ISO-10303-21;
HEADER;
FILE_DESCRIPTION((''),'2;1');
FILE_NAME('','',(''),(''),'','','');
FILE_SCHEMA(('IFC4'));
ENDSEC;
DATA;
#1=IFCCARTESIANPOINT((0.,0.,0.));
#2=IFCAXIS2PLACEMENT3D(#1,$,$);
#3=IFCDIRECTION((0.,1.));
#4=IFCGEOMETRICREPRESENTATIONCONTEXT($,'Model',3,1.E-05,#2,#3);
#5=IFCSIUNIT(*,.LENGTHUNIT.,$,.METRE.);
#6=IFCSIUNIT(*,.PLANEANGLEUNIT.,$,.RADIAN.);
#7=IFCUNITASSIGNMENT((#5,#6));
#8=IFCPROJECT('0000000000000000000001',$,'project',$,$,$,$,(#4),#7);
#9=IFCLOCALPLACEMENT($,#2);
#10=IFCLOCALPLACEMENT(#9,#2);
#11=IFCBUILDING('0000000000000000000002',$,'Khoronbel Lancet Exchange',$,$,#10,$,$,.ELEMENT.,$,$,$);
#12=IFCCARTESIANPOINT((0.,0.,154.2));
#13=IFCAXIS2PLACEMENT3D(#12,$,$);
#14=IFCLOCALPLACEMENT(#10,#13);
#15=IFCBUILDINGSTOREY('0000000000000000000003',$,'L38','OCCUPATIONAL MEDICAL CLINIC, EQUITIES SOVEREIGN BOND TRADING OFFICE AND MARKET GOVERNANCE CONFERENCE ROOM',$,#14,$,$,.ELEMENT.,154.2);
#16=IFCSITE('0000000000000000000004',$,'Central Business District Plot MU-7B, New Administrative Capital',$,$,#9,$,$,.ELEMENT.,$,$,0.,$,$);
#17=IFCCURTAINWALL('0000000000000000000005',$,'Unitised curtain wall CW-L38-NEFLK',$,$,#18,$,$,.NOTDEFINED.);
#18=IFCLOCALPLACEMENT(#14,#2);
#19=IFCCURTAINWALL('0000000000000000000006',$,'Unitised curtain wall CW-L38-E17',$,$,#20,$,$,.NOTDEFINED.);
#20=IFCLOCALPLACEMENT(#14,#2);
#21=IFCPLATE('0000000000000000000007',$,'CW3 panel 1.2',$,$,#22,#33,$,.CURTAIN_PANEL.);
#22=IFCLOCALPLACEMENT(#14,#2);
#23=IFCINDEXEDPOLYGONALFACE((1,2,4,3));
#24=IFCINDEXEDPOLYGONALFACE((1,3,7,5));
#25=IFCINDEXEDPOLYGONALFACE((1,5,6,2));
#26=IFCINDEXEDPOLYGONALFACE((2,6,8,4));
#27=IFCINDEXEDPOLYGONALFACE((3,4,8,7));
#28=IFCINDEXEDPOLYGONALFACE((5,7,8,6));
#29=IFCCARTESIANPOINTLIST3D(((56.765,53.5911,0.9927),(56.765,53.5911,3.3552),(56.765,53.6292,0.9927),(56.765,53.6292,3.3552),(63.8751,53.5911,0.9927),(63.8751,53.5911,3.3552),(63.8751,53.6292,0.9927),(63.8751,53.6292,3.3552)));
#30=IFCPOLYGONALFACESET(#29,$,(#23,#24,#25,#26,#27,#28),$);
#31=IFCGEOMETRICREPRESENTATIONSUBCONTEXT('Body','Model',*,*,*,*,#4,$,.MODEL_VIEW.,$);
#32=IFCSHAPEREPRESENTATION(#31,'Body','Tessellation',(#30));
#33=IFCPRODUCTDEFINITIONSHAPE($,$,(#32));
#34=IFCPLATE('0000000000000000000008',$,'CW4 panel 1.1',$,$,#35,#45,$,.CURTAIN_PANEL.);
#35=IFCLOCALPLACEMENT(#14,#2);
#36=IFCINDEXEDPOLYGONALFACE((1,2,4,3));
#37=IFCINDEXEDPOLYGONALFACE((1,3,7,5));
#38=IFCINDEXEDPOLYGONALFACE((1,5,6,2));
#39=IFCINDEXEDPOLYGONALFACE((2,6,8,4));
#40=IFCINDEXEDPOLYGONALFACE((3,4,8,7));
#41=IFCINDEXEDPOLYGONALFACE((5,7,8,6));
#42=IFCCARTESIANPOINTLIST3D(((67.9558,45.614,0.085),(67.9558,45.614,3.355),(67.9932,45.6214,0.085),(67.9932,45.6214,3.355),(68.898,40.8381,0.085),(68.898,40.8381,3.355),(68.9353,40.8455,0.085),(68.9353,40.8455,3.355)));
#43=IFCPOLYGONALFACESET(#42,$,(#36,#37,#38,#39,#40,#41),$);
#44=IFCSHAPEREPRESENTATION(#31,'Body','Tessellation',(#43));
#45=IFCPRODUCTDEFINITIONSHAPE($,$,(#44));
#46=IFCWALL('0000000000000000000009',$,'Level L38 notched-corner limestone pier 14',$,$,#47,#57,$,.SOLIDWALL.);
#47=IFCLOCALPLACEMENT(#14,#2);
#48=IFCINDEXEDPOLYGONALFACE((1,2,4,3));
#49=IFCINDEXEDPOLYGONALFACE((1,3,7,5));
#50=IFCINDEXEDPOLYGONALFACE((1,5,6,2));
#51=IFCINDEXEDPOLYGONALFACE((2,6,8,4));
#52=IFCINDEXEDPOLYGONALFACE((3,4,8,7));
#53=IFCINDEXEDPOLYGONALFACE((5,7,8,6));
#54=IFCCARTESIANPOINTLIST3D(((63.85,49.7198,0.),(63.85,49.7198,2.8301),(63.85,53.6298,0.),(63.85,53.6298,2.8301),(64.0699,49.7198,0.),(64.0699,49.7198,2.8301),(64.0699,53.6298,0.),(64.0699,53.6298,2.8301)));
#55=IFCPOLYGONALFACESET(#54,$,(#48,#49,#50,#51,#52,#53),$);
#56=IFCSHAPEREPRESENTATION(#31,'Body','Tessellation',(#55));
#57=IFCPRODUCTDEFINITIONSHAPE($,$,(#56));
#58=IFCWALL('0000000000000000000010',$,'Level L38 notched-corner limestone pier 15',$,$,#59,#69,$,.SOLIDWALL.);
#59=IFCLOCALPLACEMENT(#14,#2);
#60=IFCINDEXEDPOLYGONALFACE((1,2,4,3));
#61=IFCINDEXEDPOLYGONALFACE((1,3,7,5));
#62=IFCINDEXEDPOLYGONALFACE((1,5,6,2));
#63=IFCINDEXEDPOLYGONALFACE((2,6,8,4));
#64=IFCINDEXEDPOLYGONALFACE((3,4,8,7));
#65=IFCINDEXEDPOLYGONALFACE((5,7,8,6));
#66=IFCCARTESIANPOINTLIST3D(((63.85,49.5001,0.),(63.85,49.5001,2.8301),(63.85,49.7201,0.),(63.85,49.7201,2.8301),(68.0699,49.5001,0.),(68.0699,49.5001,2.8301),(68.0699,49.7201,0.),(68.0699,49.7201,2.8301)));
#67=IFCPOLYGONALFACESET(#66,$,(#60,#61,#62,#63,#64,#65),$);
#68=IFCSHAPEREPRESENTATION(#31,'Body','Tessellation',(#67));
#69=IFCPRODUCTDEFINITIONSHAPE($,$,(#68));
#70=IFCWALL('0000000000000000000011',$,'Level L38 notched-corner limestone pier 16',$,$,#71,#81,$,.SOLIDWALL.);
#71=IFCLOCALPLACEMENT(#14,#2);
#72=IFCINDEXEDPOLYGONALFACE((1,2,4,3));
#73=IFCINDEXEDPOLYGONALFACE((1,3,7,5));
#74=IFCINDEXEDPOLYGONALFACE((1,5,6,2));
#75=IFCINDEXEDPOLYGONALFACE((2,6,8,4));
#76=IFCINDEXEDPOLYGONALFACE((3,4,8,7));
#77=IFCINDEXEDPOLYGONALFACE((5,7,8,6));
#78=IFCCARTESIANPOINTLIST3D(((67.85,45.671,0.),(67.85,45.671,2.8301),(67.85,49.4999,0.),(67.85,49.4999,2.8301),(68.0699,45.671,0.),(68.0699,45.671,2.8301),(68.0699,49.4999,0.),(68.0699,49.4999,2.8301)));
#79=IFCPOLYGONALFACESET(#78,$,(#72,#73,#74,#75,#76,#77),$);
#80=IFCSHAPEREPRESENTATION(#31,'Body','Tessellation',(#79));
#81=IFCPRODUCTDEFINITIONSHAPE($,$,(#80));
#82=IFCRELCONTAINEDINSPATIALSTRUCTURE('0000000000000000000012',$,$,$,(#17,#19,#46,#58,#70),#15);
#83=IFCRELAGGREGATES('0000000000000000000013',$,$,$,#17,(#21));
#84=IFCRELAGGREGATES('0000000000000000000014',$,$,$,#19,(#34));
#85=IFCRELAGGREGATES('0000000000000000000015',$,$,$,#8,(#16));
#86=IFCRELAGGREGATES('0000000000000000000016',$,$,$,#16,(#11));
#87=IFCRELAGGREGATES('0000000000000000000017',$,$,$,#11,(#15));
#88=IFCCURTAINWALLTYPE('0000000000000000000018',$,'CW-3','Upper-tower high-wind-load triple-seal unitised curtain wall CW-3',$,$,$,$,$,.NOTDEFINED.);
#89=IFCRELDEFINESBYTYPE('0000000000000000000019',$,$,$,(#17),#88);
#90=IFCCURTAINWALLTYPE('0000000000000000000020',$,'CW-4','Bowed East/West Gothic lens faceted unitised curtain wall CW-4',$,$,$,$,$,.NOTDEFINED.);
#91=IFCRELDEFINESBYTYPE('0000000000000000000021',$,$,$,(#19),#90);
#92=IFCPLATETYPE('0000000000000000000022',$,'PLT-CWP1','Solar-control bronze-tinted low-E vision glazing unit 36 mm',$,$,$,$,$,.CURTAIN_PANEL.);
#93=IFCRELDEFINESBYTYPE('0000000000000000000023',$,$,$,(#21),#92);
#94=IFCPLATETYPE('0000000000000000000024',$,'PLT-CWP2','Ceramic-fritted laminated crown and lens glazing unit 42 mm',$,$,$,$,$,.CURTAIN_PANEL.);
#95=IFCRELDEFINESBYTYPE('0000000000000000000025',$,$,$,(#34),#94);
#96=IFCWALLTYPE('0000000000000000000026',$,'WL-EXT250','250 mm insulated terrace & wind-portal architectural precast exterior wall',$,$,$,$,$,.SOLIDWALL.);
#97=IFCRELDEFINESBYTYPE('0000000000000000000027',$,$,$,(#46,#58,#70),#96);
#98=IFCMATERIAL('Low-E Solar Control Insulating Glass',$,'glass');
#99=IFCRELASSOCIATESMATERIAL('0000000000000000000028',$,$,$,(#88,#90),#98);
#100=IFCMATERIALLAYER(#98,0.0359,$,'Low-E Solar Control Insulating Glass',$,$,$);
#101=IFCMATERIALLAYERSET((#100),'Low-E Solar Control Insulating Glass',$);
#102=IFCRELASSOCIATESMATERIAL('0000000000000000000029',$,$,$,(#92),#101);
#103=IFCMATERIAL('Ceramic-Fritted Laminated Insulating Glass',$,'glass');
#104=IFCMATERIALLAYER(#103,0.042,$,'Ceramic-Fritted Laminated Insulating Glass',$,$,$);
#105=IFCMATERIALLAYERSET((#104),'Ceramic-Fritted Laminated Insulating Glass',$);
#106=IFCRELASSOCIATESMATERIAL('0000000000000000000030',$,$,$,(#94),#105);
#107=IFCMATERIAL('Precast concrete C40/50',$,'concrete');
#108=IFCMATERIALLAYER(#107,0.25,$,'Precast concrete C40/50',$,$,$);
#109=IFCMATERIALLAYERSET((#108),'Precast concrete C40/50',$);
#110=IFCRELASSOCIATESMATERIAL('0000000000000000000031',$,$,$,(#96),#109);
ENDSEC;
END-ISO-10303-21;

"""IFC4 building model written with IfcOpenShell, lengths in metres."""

from ifc_helpers import new_model, si_unit, direction, frame, frame_2d, origin, origin_2d, place, context, subcontext, project, spatial, rectangle, extrude, material, layer, layer_set, type_object, element, aggregate, save


model = new_model("IFC4")

# Units and contexts
model_context = context("Model", 3, precision=1e-05, world=origin(), true_north=direction((0.0, 1.0)))
body_context = subcontext(model_context, "Body", "Model", "MODEL_VIEW")
ifc_project = project(units=[si_unit("LENGTHUNIT", "METRE"), si_unit("PLANEANGLEUNIT", "RADIAN")], contexts=[model_context])

# Site, building, storey
site_placement = place(None, origin())
site = spatial("IfcSite", under=ifc_project, at=site_placement, Name="Central Business District Plot MU-7B, New Administrative Capital", CompositionType="ELEMENT", RefElevation=0.0)
building_placement = place(site_placement, origin())
building = spatial("IfcBuilding", under=site, at=building_placement, Name="Khoronbel Lancet Exchange", CompositionType="ELEMENT")
storey_placement = place(building_placement, frame((0.0, 0.0, 154.2)))
storey = spatial("IfcBuildingStorey", under=building, at=storey_placement, Name="L38", Description="OCCUPATIONAL MEDICAL CLINIC, EQUITIES SOVEREIGN BOND TRADING OFFICE AND MARKET GOVERNANCE CONFERENCE ROOM", CompositionType="ELEMENT", Elevation=154.2)

# Curtain wall
ifc_material_1 = material(Name="Low-E Solar Control Insulating Glass", Category="glass")
curtain_wall_type_1 = type_object("IfcCurtainWallType", Name="CW-3", Description="Upper-tower high-wind-load triple-seal unitised curtain wall CW-3", PredefinedType="NOTDEFINED", material=ifc_material_1)
curtain_wall_1_placement = place(storey_placement, origin())
curtain_wall_1 = element("IfcCurtainWall", 1, at=curtain_wall_1_placement, inside=storey, type_object=curtain_wall_type_1, Name="Unitised curtain wall CW-L38-NEFLK", PredefinedType="NOTDEFINED")

# Curtain wall
curtain_wall_type_2 = type_object("IfcCurtainWallType", Name="CW-4", Description="Bowed East/West Gothic lens faceted unitised curtain wall CW-4", PredefinedType="NOTDEFINED", material=ifc_material_1)
curtain_wall_2_placement = place(storey_placement, origin())
curtain_wall_2 = element("IfcCurtainWall", 2, at=curtain_wall_2_placement, inside=storey, type_object=curtain_wall_type_2, Name="Unitised curtain wall CW-L38-E17", PredefinedType="NOTDEFINED")

# Plates
ifc_layer_1 = layer(ifc_material_1, 0.0359, Name="Low-E Solar Control Insulating Glass")
ifc_layer_set_1 = layer_set([ifc_layer_1], Name="Low-E Solar Control Insulating Glass")
plate_type_1 = type_object("IfcPlateType", Name="PLT-CWP1", Description="Solar-control bronze-tinted low-E vision glazing unit 36 mm", PredefinedType="CURTAIN_PANEL", material=ifc_layer_set_1)
plate_1_placement = place(storey_placement, frame((60.3201, 53.6101, 0.9927), z_axis=(0.0, 0.0, 1.0), x_axis=(-1.0, 0.0, 0.0)))
plate_1 = element("IfcPlate", 3, at=plate_1_placement, type_object=plate_type_1, Name="CW3 panel 1.2", PredefinedType="CURTAIN_PANEL", context=body_context, shape_type="SweptSolid", body=[
    extrude(rectangle(XDim=7.1101, YDim=0.0381, at=origin_2d()), origin(), (0.0, 0.0, 1.0), 2.3625),
])
aggregate(curtain_wall_1, [plate_1])
ifc_material_2 = material(Name="Ceramic-Fritted Laminated Insulating Glass", Category="glass")
ifc_layer_2 = layer(ifc_material_2, 0.042, Name="Ceramic-Fritted Laminated Insulating Glass")
ifc_layer_set_2 = layer_set([ifc_layer_2], Name="Ceramic-Fritted Laminated Insulating Glass")
plate_type_2 = type_object("IfcPlateType", Name="PLT-CWP2", Description="Ceramic-fritted laminated crown and lens glazing unit 42 mm", PredefinedType="CURTAIN_PANEL", material=ifc_layer_set_2)
plate_2_placement = place(storey_placement, frame((68.4456, 43.2297, 0.085), z_axis=(0.0, 0.0, 1.0), x_axis=(0.193544, -0.981092, 0.0)))
plate_2 = element("IfcPlate", 4, at=plate_2_placement, type_object=plate_type_2, Name="CW4 panel 1.1", PredefinedType="CURTAIN_PANEL", context=body_context, shape_type="SweptSolid", body=[
    extrude(rectangle(XDim=4.8679, YDim=0.0381, at=origin_2d()), origin(), (0.0, 0.0, 1.0), 3.27),
])
aggregate(curtain_wall_2, [plate_2])

# Walls
ifc_material_3 = material(Name="Precast concrete C40/50", Category="concrete")
ifc_layer_3 = layer(ifc_material_3, 0.25, Name="Precast concrete C40/50")
ifc_layer_set_3 = layer_set([ifc_layer_3], Name="Precast concrete C40/50")
wall_type = type_object("IfcWallType", Name="WL-EXT250", Description="250 mm insulated terrace & wind-portal architectural precast exterior wall", PredefinedType="SOLIDWALL", material=ifc_layer_set_3)
wall_1_placement = place(storey_placement, frame((63.96, 53.6299, 0.0), z_axis=(0.0, 0.0, 1.0), x_axis=(0.0, -1.0, 0.0)))
element("IfcWall", 5, at=wall_1_placement, inside=storey, type_object=wall_type, Name="Level L38 notched-corner limestone pier 14", PredefinedType="SOLIDWALL", context=body_context, shape_type="SweptSolid", body=[
    extrude(rectangle(XDim=3.9099, YDim=0.22, at=frame_2d((1.9551, 0.0))), origin(), (0.0, 0.0, 1.0), 2.8301),
])
wall_2_placement = place(storey_placement, frame((63.8501, 49.6101, 0.0), z_axis=(0.0, 0.0, 1.0), x_axis=(1.0, 0.0, 0.0)))
element("IfcWall", 6, at=wall_2_placement, inside=storey, type_object=wall_type, Name="Level L38 notched-corner limestone pier 15", PredefinedType="SOLIDWALL", context=body_context, shape_type="SweptSolid", body=[
    extrude(rectangle(XDim=4.22, YDim=0.22, at=frame_2d((2.1099, 0.0))), origin(), (0.0, 0.0, 1.0), 2.8301),
])
wall_3_placement = place(storey_placement, frame((67.96, 49.5, 0.0), z_axis=(0.0, 0.0, 1.0), x_axis=(0.0, -1.0, 0.0)))
element("IfcWall", 7, at=wall_3_placement, inside=storey, type_object=wall_type, Name="Level L38 notched-corner limestone pier 16", PredefinedType="SOLIDWALL", context=body_context, shape_type="SweptSolid", body=[
    extrude(rectangle(XDim=3.8289, YDim=0.22, at=frame_2d((1.9146, 0.0))), origin(), (0.0, 0.0, 1.0), 2.8301),
])

save(model, "model.ifc")
